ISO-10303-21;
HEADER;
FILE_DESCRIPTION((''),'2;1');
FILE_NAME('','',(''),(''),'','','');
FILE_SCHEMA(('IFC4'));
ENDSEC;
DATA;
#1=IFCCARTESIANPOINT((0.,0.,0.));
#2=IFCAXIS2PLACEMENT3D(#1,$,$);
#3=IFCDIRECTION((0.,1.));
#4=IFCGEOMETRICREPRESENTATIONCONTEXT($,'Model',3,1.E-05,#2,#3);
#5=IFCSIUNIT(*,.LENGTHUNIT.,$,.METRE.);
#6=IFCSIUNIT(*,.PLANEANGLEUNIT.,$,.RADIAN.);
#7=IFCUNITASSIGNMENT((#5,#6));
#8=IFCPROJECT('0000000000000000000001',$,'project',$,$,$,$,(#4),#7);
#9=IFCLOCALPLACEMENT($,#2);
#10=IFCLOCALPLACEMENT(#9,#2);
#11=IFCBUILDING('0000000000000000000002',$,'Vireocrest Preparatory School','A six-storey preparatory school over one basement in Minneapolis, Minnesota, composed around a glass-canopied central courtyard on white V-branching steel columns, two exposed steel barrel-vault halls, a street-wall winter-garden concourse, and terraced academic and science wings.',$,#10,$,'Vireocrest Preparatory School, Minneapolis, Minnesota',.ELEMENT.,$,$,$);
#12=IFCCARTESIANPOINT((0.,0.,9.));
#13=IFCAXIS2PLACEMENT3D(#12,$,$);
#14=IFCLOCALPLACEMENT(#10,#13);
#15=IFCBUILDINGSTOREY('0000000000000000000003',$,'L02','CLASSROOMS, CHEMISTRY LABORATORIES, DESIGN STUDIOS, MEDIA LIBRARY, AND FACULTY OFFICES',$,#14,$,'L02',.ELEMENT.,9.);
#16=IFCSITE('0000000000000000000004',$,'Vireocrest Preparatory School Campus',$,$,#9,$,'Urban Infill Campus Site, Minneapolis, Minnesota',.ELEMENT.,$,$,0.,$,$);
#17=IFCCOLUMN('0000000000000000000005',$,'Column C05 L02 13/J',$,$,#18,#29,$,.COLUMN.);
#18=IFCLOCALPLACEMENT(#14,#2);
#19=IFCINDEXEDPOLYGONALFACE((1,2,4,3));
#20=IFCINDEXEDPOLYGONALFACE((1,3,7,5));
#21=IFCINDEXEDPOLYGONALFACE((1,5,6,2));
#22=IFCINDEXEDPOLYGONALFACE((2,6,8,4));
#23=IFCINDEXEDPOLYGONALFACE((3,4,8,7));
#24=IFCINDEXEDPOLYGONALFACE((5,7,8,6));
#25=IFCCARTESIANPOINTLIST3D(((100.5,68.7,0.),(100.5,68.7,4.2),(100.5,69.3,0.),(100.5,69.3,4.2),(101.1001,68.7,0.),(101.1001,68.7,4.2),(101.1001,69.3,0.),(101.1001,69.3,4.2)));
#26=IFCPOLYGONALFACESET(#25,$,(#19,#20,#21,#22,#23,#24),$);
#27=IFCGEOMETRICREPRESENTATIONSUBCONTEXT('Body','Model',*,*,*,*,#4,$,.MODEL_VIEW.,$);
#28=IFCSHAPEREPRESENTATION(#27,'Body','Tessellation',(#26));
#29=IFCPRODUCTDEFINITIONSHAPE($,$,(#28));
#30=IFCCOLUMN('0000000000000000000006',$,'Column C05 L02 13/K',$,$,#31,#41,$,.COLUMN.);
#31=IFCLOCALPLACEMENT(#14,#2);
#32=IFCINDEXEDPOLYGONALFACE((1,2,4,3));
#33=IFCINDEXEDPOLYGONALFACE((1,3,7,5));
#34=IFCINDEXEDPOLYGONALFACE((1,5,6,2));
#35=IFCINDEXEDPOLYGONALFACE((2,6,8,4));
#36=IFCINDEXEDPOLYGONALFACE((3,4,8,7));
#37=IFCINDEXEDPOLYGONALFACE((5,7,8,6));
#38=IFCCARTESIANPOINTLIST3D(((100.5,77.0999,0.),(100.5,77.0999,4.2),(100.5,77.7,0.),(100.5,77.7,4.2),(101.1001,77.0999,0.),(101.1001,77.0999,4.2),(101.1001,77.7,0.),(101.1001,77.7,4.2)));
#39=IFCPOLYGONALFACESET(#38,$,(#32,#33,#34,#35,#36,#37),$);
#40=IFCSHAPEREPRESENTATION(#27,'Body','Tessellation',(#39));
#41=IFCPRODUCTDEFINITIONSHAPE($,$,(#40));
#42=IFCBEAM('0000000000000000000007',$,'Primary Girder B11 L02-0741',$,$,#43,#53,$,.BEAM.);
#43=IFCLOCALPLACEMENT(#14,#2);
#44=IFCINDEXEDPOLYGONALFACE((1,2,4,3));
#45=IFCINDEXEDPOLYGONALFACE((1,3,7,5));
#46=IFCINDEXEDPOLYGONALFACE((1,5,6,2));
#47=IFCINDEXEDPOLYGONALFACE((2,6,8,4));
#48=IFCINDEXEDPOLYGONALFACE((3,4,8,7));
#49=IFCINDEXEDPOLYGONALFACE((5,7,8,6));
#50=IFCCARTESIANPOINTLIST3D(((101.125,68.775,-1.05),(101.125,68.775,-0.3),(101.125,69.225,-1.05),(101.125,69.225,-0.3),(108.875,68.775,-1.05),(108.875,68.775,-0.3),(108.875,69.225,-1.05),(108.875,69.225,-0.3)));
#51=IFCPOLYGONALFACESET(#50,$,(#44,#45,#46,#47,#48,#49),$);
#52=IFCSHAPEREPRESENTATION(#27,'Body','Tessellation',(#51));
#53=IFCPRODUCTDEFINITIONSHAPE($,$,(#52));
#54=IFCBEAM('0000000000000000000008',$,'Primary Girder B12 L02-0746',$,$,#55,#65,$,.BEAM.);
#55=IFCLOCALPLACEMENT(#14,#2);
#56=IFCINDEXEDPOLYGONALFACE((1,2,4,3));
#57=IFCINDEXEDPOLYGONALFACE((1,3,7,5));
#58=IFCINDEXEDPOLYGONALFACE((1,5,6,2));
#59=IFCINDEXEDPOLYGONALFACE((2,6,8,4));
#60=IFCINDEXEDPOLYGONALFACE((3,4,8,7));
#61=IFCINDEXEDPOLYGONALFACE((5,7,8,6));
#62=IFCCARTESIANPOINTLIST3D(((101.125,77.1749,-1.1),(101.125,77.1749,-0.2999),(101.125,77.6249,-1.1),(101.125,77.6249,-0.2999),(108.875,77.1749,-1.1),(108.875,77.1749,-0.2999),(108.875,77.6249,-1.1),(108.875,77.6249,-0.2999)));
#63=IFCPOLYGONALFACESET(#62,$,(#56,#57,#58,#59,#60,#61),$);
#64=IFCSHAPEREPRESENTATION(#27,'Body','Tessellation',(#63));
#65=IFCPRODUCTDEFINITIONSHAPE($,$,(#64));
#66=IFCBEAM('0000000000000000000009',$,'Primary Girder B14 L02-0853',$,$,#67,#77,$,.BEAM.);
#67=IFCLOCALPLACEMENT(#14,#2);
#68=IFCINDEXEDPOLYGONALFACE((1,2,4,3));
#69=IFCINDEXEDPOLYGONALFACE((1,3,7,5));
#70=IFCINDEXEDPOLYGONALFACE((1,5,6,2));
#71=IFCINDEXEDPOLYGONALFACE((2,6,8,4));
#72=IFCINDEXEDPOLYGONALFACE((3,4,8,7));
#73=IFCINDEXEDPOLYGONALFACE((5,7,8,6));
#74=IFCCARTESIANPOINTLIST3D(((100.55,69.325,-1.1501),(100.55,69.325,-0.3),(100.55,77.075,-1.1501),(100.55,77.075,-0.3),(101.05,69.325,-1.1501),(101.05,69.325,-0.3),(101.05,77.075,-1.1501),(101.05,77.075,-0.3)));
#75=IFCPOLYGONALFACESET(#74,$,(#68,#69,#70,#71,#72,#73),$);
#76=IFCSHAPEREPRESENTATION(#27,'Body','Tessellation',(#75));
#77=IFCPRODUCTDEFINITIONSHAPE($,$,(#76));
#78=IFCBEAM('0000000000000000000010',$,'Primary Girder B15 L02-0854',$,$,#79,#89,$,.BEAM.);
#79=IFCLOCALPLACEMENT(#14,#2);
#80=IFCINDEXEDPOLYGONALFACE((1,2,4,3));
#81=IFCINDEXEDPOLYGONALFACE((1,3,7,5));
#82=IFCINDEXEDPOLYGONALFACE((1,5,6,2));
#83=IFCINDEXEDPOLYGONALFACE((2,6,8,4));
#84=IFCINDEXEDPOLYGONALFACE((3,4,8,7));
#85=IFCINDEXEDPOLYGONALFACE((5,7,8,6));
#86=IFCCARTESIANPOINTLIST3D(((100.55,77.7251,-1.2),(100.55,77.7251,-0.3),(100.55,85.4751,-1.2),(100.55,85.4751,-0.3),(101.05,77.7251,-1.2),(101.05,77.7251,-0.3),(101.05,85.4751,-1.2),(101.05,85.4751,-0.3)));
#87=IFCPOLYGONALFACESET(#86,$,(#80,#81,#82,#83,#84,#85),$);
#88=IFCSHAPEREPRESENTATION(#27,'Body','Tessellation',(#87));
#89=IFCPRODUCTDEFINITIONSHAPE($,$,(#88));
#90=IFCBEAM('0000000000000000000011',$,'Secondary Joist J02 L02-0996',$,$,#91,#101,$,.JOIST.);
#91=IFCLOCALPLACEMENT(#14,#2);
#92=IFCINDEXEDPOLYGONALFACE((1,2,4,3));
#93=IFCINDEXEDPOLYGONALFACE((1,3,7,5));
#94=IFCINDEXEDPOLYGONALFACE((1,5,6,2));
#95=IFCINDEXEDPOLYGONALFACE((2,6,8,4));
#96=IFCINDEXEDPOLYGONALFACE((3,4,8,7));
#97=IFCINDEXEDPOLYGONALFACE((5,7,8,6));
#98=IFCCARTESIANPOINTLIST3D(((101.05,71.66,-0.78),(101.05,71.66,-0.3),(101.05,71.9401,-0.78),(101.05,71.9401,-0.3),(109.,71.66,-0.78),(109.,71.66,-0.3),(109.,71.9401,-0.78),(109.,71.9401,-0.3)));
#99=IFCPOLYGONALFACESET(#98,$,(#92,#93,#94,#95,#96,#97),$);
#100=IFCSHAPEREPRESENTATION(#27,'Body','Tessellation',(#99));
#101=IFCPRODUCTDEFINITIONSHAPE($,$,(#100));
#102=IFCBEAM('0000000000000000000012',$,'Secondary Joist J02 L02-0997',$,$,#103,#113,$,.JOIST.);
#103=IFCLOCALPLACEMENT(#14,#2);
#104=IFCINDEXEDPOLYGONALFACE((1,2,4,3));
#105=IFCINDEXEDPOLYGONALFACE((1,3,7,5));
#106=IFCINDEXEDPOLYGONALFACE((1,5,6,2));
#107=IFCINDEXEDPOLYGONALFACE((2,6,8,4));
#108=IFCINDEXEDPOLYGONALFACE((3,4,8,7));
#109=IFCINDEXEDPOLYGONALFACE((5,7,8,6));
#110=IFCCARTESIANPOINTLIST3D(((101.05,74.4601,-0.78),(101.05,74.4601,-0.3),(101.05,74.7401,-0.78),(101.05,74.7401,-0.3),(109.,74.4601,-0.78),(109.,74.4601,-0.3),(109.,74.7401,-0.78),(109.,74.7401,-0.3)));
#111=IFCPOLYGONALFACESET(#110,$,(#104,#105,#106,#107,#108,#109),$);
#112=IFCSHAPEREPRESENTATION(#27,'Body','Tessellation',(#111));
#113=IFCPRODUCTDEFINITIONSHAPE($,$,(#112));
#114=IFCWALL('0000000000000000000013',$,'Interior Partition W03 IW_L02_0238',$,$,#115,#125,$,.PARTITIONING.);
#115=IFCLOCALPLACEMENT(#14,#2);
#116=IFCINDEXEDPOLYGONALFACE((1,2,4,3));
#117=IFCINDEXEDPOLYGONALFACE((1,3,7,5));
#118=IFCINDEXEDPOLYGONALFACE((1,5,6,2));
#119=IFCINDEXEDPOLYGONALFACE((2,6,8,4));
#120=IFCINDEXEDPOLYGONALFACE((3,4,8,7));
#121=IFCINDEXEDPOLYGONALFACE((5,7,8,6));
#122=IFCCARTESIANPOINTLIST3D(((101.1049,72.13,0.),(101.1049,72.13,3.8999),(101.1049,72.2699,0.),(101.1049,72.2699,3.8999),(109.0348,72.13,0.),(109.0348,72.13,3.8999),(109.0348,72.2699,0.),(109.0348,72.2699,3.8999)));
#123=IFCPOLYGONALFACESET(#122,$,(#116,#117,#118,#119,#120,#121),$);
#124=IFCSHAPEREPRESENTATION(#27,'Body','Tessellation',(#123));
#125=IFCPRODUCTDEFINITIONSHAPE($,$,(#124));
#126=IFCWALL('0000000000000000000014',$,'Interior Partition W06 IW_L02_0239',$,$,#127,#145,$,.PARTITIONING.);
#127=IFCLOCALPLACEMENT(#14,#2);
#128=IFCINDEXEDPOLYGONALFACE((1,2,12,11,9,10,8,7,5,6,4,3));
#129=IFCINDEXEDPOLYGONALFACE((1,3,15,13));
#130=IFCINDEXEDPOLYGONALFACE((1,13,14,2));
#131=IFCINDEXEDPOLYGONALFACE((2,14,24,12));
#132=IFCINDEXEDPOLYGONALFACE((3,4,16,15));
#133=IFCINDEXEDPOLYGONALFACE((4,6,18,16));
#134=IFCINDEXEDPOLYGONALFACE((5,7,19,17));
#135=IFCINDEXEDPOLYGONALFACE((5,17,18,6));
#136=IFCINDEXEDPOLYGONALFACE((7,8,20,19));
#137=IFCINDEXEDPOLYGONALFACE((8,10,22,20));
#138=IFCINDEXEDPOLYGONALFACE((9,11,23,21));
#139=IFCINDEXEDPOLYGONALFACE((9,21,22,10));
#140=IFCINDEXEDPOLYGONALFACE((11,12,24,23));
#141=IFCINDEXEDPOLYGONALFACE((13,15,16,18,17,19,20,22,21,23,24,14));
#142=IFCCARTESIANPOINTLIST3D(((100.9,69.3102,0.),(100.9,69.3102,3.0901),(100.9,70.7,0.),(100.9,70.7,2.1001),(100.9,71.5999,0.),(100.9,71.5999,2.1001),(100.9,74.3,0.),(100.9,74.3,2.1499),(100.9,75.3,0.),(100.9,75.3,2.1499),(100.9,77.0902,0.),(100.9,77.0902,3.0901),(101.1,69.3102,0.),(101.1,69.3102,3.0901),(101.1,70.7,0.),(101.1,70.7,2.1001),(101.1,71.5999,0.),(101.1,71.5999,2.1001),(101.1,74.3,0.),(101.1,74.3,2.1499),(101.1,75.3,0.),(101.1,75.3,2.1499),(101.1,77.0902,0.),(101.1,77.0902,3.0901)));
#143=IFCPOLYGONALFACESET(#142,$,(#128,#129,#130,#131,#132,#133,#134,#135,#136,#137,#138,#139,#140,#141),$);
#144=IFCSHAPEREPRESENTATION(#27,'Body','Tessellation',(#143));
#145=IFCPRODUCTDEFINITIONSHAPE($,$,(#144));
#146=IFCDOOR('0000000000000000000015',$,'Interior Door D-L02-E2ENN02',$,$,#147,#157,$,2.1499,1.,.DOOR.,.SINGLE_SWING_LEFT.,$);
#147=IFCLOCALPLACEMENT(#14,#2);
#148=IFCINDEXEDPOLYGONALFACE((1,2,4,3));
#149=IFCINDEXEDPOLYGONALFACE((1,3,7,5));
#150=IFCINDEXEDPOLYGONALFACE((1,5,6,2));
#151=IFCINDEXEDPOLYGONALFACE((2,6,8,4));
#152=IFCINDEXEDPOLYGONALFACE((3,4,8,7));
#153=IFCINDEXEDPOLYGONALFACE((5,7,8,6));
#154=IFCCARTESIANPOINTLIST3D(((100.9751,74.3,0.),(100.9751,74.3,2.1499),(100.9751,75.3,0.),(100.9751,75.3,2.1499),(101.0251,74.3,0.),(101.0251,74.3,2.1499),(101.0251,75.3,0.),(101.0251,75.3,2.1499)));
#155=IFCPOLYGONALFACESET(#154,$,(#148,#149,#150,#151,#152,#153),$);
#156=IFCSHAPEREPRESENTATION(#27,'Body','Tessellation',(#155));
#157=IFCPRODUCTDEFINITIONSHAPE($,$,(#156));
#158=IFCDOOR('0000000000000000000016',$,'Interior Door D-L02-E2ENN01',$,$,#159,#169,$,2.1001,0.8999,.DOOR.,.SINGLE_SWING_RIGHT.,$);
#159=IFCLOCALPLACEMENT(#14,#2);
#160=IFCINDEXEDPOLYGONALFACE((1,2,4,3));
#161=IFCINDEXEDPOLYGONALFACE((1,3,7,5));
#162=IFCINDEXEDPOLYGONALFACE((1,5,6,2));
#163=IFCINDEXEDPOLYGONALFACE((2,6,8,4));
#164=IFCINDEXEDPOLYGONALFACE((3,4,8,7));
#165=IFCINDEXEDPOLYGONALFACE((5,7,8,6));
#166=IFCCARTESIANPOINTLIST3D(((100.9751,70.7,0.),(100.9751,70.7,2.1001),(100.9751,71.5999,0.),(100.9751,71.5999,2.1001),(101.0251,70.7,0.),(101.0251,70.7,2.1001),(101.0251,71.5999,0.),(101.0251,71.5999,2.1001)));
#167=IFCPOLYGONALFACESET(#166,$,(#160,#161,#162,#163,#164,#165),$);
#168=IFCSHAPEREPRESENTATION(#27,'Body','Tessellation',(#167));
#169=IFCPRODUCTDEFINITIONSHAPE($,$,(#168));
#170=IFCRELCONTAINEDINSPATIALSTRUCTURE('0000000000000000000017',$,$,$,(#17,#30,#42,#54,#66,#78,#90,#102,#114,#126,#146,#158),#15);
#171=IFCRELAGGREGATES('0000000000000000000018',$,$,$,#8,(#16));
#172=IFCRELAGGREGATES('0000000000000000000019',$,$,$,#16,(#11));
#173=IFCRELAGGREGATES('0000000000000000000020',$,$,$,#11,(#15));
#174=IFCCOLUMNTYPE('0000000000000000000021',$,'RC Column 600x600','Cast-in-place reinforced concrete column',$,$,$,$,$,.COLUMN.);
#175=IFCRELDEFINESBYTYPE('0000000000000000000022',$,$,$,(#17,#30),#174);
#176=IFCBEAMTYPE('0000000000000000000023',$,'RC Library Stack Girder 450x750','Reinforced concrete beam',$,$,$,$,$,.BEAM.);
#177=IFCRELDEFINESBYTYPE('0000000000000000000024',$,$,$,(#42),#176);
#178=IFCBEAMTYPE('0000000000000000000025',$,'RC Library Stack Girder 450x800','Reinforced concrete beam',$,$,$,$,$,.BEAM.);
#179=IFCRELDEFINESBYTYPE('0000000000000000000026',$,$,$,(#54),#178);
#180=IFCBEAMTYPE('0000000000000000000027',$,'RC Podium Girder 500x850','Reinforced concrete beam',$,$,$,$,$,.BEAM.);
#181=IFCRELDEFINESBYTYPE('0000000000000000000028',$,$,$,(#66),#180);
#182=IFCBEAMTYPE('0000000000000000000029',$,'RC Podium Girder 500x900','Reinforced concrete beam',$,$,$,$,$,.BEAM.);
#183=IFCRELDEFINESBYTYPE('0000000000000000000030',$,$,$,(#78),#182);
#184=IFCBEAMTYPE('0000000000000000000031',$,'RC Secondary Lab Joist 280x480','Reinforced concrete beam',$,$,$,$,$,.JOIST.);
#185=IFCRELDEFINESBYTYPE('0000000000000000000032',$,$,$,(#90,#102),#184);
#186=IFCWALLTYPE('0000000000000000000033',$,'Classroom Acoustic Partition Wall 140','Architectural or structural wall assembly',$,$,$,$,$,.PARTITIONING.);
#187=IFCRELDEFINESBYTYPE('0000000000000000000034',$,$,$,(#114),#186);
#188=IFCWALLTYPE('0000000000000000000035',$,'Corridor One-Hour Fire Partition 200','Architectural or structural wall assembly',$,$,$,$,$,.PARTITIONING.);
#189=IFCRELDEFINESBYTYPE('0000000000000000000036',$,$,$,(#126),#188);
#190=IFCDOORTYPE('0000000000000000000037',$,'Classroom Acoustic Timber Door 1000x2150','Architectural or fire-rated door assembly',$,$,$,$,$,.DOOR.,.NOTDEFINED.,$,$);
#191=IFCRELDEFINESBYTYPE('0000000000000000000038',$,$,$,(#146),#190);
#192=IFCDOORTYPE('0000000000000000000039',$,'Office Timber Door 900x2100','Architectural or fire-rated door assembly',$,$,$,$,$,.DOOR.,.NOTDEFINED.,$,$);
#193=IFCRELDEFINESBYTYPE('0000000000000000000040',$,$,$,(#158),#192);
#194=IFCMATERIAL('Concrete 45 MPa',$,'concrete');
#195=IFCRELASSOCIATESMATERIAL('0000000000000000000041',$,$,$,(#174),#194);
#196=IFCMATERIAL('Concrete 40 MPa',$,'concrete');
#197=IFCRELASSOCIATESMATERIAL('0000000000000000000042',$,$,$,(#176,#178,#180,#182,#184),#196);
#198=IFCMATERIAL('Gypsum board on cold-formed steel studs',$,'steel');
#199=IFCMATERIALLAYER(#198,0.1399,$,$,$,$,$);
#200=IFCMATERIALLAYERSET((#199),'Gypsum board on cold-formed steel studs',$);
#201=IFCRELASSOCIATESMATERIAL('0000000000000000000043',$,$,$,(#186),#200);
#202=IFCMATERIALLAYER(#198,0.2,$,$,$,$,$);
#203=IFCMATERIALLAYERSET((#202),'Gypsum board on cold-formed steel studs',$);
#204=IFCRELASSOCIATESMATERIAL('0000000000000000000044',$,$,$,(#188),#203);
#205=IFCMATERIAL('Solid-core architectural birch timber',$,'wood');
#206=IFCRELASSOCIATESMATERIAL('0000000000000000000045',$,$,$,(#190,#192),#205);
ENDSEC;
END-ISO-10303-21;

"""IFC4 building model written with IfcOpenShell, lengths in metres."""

from ifc_helpers import new_model, si_unit, direction, frame, frame_2d, origin, origin_2d, place, context, subcontext, project, spatial, rectangle, extrude, material, layer, layer_set, material_profile, profile_set, type_object, element, fill, save


model = new_model("IFC4")

# Units and contexts
model_context = context("Model", 3, precision=1e-05, world=origin(), true_north=direction((0.0, 1.0)))
body_context = subcontext(model_context, "Body", "Model", "MODEL_VIEW")
ifc_project = project(units=[si_unit("LENGTHUNIT", "METRE"), si_unit("PLANEANGLEUNIT", "RADIAN")], contexts=[model_context])

# Site, building, storey
site_placement = place(None, origin())
site = spatial("IfcSite", under=ifc_project, at=site_placement, Name="Vireocrest Preparatory School Campus", LongName="Urban Infill Campus Site, Minneapolis, Minnesota", CompositionType="ELEMENT", RefElevation=0.0)
building_placement = place(site_placement, origin())
building = spatial("IfcBuilding", under=site, at=building_placement, Name="Vireocrest Preparatory School", Description="A six-storey preparatory school over one basement in Minneapolis, Minnesota, composed around a glass-canopied central courtyard on white V-branching steel columns, two exposed steel barrel-vault halls, a street-wall winter-garden concourse, and terraced academic and science wings.", LongName="Vireocrest Preparatory School, Minneapolis, Minnesota", CompositionType="ELEMENT")
storey_placement = place(building_placement, frame((0.0, 0.0, 9.0)))
storey = spatial("IfcBuildingStorey", under=building, at=storey_placement, Name="L02", Description="CLASSROOMS, CHEMISTRY LABORATORIES, DESIGN STUDIOS, MEDIA LIBRARY, AND FACULTY OFFICES", LongName="L02", CompositionType="ELEMENT", Elevation=9.0)

# Columns
ifc_material_1 = material(Name="Concrete 45 MPa", Category="concrete")
ifc_material_profile_1 = material_profile(ifc_material_1, rectangle(XDim=0.6001, YDim=0.6001, at=origin_2d()), Name="RC 600x600")
ifc_profile_set_1 = profile_set([ifc_material_profile_1], Name="Concrete 45 MPa")
column_type = type_object("IfcColumnType", Name="RC Column 600x600", Description="Cast-in-place reinforced concrete column", PredefinedType="COLUMN", material=ifc_profile_set_1)
for number, where, z_axis, x_axis, name in (
    (1, (100.8, 69.0, 0.0), (0.0, 0.0, 1.0), (1.0, 0.0, 0.0), "Column C05 L02 13/J"),
    (2, (100.8, 77.3999, 0.0), (0.0, 0.0, 1.0), (1.0, 0.0, 0.0), "Column C05 L02 13/K"),
):
    element("IfcColumn", number, at=place(storey_placement, frame(where, z_axis=z_axis, x_axis=x_axis)), inside=storey, type_object=column_type, Name=name, PredefinedType="COLUMN", context=body_context, shape_type="SweptSolid", body=[
        extrude(rectangle(XDim=0.6001, YDim=0.6001, at=origin_2d()), origin(), (0.0, 0.0, 1.0), 4.2),
    ])

# Beams
ifc_material_2 = material(Name="Concrete 40 MPa", Category="concrete")
ifc_material_profile_2 = material_profile(ifc_material_2, rectangle(XDim=0.45, YDim=0.75, at=origin_2d()), Name="RC 450x750")
ifc_profile_set_2 = profile_set([ifc_material_profile_2], Name="Concrete 40 MPa")
beam_type_1 = type_object("IfcBeamType", Name="RC Library Stack Girder 450x750", Description="Reinforced concrete beam", PredefinedType="BEAM", material=ifc_profile_set_2)
beam_1_placement = place(storey_placement, frame((101.125, 69.0, -0.675), z_axis=(1.0, 0.0, 0.0), x_axis=(0.0, 1.0, 0.0)))
element("IfcBeam", 3, at=beam_1_placement, inside=storey, type_object=beam_type_1, Name="Primary Girder B11 L02-0741", PredefinedType="BEAM", context=body_context, shape_type="SweptSolid", body=[
    extrude(rectangle(XDim=0.45, YDim=0.75, at=origin_2d()), origin(), (0.0, 0.0, 1.0), 7.75),
])
ifc_material_profile_3 = material_profile(ifc_material_2, rectangle(XDim=0.45, YDim=0.8, at=origin_2d()), Name="RC 450x800")
ifc_profile_set_3 = profile_set([ifc_material_profile_3], Name="Concrete 40 MPa")
beam_type_2 = type_object("IfcBeamType", Name="RC Library Stack Girder 450x800", Description="Reinforced concrete beam", PredefinedType="BEAM", material=ifc_profile_set_3)
beam_2_placement = place(storey_placement, frame((101.125, 77.3999, -0.7), z_axis=(1.0, 0.0, 0.0), x_axis=(0.0, 1.0, 0.0)))
element("IfcBeam", 4, at=beam_2_placement, inside=storey, type_object=beam_type_2, Name="Primary Girder B12 L02-0746", PredefinedType="BEAM", context=body_context, shape_type="SweptSolid", body=[
    extrude(rectangle(XDim=0.45, YDim=0.8, at=origin_2d()), origin(), (0.0, 0.0, 1.0), 7.75),
])
ifc_material_profile_4 = material_profile(ifc_material_2, rectangle(XDim=0.5, YDim=0.8501, at=origin_2d()), Name="RC 500x850")
ifc_profile_set_4 = profile_set([ifc_material_profile_4], Name="Concrete 40 MPa")
beam_type_3 = type_object("IfcBeamType", Name="RC Podium Girder 500x850", Description="Reinforced concrete beam", PredefinedType="BEAM", material=ifc_profile_set_4)
beam_3_placement = place(storey_placement, frame((100.8, 69.325, -0.7251), z_axis=(0.0, 1.0, 0.0), x_axis=(-1.0, 0.0, 0.0)))
element("IfcBeam", 5, at=beam_3_placement, inside=storey, type_object=beam_type_3, Name="Primary Girder B14 L02-0853", PredefinedType="BEAM", context=body_context, shape_type="SweptSolid", body=[
    extrude(rectangle(XDim=0.5, YDim=0.8501, at=origin_2d()), origin(), (0.0, 0.0, 1.0), 7.75),
])
ifc_material_profile_5 = material_profile(ifc_material_2, rectangle(XDim=0.5, YDim=0.8999, at=origin_2d()), Name="RC 500x900")
ifc_profile_set_5 = profile_set([ifc_material_profile_5], Name="Concrete 40 MPa")
beam_type_4 = type_object("IfcBeamType", Name="RC Podium Girder 500x900", Description="Reinforced concrete beam", PredefinedType="BEAM", material=ifc_profile_set_5)
beam_4_placement = place(storey_placement, frame((100.8, 77.7251, -0.75), z_axis=(0.0, 1.0, 0.0), x_axis=(-1.0, 0.0, 0.0)))
element("IfcBeam", 6, at=beam_4_placement, inside=storey, type_object=beam_type_4, Name="Primary Girder B15 L02-0854", PredefinedType="BEAM", context=body_context, shape_type="SweptSolid", body=[
    extrude(rectangle(XDim=0.5, YDim=0.8999, at=origin_2d()), origin(), (0.0, 0.0, 1.0), 7.75),
])
ifc_material_profile_6 = material_profile(ifc_material_2, rectangle(XDim=0.28, YDim=0.48, at=origin_2d()), Name="RC 280x480")
ifc_profile_set_6 = profile_set([ifc_material_profile_6], Name="Concrete 40 MPa")
beam_type_5 = type_object("IfcBeamType", Name="RC Secondary Lab Joist 280x480", Description="Reinforced concrete beam", PredefinedType="JOIST", material=ifc_profile_set_6)
for number, where, z_axis, x_axis, name in (
    (7, (101.05, 71.8, -0.54), (1.0, 0.0, 0.0), (0.0, 1.0, 0.0), "Secondary Joist J02 L02-0996"),
    (8, (101.05, 74.6001, -0.54), (1.0, 0.0, 0.0), (0.0, 1.0, 0.0), "Secondary Joist J02 L02-0997"),
):
    element("IfcBeam", number, at=place(storey_placement, frame(where, z_axis=z_axis, x_axis=x_axis)), inside=storey, type_object=beam_type_5, Name=name, PredefinedType="JOIST", context=body_context, shape_type="SweptSolid", body=[
        extrude(rectangle(XDim=0.28, YDim=0.48, at=origin_2d()), origin(), (0.0, 0.0, 1.0), 7.95),
    ])

# Wall
ifc_material_3 = material(Name="Gypsum board on cold-formed steel studs", Category="steel")
ifc_layer_1 = layer(ifc_material_3, 0.1399)
ifc_layer_set_1 = layer_set([ifc_layer_1], Name="Gypsum board on cold-formed steel studs")
wall_type_1 = type_object("IfcWallType", Name="Classroom Acoustic Partition Wall 140", Description="Architectural or structural wall assembly", PredefinedType="PARTITIONING", material=ifc_layer_set_1)
wall_1_placement = place(storey_placement, frame((101.105, 72.2, 0.0), z_axis=(0.0, 0.0, 1.0), x_axis=(1.0, 0.0, 0.0)))
element("IfcWall", 9, at=wall_1_placement, inside=storey, type_object=wall_type_1, Name="Interior Partition W03 IW_L02_0238", PredefinedType="PARTITIONING", context=body_context, shape_type="SweptSolid", body=[
    extrude(rectangle(XDim=7.9299, YDim=0.1399, at=frame_2d((3.9648, 0.0))), origin(), (0.0, 0.0, 1.0), 3.8999),
])

# Wall, openings, doors
ifc_layer_2 = layer(ifc_material_3, 0.2)
ifc_layer_set_2 = layer_set([ifc_layer_2], Name="Gypsum board on cold-formed steel studs")
wall_type_2 = type_object("IfcWallType", Name="Corridor One-Hour Fire Partition 200", Description="Architectural or structural wall assembly", PredefinedType="PARTITIONING", material=ifc_layer_set_2)
wall_2_placement = place(storey_placement, frame((101.0, 69.3101, 0.0), z_axis=(0.0, 0.0, 1.0), x_axis=(0.0, 1.0, 0.0)))
wall_2 = element("IfcWall", 10, at=wall_2_placement, inside=storey, type_object=wall_type_2, Name="Interior Partition W06 IW_L02_0239", PredefinedType="PARTITIONING", context=body_context, shape_type="SweptSolid", body=[
    extrude(rectangle(XDim=7.78, YDim=0.2, at=frame_2d((3.8901, 0.0))), origin(), (0.0, 0.0, 1.0), 3.0901),
])
opening_1_placement = place(wall_2_placement, frame((1.3899, 0.0, 0.0)))
opening_1 = element("IfcOpeningElement", 11, at=opening_1_placement, cuts=wall_2, PredefinedType="OPENING", context=body_context, shape_type="SweptSolid", body=[
    extrude(rectangle(XDim=0.8999, YDim=2.1001, at=frame_2d((0.45, 1.05))), frame((0.0, 0.1099, 0.0), z_axis=(0.0, -1.0, 0.0), x_axis=(1.0, 0.0, 0.0)), (0.0, 0.0, 1.0), 0.22),
])
opening_2_placement = place(wall_2_placement, frame((4.99, 0.0, 0.0)))
opening_2 = element("IfcOpeningElement", 12, at=opening_2_placement, cuts=wall_2, PredefinedType="OPENING", context=body_context, shape_type="SweptSolid", body=[
    extrude(rectangle(XDim=1.0, YDim=2.1499, at=frame_2d((0.5, 1.075))), frame((0.0, 0.1099, 0.0), z_axis=(0.0, -1.0, 0.0), x_axis=(1.0, 0.0, 0.0)), (0.0, 0.0, 1.0), 0.22),
])
ifc_material_4 = material(Name="Solid-core architectural birch timber", Category="wood")
door_type_1 = type_object("IfcDoorType", Name="Classroom Acoustic Timber Door 1000x2150", Description="Architectural or fire-rated door assembly", OperationType="NOTDEFINED", PredefinedType="DOOR", material=ifc_material_4)
door_1_placement = place(opening_2_placement, origin())
door_1 = element("IfcDoor", 13, at=door_1_placement, inside=storey, type_object=door_type_1, Name="Interior Door D-L02-E2ENN02", OperationType="SINGLE_SWING_LEFT", OverallHeight=2.1499, OverallWidth=1.0, PredefinedType="DOOR", context=body_context, shape_type="SweptSolid", body=[
    extrude(rectangle(XDim=1.0, YDim=2.1499, at=frame_2d((0.5, 1.075))), frame((0.0, 0.0249, 0.0), z_axis=(0.0, -1.0, 0.0), x_axis=(1.0, 0.0, 0.0)), (0.0, 0.0, 1.0), 0.05),
])
fill(opening_2, door_1)
door_type_2 = type_object("IfcDoorType", Name="Office Timber Door 900x2100", Description="Architectural or fire-rated door assembly", OperationType="NOTDEFINED", PredefinedType="DOOR", material=ifc_material_4)
door_2_placement = place(opening_1_placement, origin())
door_2 = element("IfcDoor", 14, at=door_2_placement, inside=storey, type_object=door_type_2, Name="Interior Door D-L02-E2ENN01", OperationType="SINGLE_SWING_RIGHT", OverallHeight=2.1001, OverallWidth=0.8999, PredefinedType="DOOR", context=body_context, shape_type="SweptSolid", body=[
    extrude(rectangle(XDim=0.8999, YDim=2.1001, at=frame_2d((0.45, 1.05))), frame((0.0, 0.0249, 0.0), z_axis=(0.0, -1.0, 0.0), x_axis=(1.0, 0.0, 0.0)), (0.0, 0.0, 1.0), 0.05),
])
fill(opening_1, door_2)

save(model, "model.ifc")
